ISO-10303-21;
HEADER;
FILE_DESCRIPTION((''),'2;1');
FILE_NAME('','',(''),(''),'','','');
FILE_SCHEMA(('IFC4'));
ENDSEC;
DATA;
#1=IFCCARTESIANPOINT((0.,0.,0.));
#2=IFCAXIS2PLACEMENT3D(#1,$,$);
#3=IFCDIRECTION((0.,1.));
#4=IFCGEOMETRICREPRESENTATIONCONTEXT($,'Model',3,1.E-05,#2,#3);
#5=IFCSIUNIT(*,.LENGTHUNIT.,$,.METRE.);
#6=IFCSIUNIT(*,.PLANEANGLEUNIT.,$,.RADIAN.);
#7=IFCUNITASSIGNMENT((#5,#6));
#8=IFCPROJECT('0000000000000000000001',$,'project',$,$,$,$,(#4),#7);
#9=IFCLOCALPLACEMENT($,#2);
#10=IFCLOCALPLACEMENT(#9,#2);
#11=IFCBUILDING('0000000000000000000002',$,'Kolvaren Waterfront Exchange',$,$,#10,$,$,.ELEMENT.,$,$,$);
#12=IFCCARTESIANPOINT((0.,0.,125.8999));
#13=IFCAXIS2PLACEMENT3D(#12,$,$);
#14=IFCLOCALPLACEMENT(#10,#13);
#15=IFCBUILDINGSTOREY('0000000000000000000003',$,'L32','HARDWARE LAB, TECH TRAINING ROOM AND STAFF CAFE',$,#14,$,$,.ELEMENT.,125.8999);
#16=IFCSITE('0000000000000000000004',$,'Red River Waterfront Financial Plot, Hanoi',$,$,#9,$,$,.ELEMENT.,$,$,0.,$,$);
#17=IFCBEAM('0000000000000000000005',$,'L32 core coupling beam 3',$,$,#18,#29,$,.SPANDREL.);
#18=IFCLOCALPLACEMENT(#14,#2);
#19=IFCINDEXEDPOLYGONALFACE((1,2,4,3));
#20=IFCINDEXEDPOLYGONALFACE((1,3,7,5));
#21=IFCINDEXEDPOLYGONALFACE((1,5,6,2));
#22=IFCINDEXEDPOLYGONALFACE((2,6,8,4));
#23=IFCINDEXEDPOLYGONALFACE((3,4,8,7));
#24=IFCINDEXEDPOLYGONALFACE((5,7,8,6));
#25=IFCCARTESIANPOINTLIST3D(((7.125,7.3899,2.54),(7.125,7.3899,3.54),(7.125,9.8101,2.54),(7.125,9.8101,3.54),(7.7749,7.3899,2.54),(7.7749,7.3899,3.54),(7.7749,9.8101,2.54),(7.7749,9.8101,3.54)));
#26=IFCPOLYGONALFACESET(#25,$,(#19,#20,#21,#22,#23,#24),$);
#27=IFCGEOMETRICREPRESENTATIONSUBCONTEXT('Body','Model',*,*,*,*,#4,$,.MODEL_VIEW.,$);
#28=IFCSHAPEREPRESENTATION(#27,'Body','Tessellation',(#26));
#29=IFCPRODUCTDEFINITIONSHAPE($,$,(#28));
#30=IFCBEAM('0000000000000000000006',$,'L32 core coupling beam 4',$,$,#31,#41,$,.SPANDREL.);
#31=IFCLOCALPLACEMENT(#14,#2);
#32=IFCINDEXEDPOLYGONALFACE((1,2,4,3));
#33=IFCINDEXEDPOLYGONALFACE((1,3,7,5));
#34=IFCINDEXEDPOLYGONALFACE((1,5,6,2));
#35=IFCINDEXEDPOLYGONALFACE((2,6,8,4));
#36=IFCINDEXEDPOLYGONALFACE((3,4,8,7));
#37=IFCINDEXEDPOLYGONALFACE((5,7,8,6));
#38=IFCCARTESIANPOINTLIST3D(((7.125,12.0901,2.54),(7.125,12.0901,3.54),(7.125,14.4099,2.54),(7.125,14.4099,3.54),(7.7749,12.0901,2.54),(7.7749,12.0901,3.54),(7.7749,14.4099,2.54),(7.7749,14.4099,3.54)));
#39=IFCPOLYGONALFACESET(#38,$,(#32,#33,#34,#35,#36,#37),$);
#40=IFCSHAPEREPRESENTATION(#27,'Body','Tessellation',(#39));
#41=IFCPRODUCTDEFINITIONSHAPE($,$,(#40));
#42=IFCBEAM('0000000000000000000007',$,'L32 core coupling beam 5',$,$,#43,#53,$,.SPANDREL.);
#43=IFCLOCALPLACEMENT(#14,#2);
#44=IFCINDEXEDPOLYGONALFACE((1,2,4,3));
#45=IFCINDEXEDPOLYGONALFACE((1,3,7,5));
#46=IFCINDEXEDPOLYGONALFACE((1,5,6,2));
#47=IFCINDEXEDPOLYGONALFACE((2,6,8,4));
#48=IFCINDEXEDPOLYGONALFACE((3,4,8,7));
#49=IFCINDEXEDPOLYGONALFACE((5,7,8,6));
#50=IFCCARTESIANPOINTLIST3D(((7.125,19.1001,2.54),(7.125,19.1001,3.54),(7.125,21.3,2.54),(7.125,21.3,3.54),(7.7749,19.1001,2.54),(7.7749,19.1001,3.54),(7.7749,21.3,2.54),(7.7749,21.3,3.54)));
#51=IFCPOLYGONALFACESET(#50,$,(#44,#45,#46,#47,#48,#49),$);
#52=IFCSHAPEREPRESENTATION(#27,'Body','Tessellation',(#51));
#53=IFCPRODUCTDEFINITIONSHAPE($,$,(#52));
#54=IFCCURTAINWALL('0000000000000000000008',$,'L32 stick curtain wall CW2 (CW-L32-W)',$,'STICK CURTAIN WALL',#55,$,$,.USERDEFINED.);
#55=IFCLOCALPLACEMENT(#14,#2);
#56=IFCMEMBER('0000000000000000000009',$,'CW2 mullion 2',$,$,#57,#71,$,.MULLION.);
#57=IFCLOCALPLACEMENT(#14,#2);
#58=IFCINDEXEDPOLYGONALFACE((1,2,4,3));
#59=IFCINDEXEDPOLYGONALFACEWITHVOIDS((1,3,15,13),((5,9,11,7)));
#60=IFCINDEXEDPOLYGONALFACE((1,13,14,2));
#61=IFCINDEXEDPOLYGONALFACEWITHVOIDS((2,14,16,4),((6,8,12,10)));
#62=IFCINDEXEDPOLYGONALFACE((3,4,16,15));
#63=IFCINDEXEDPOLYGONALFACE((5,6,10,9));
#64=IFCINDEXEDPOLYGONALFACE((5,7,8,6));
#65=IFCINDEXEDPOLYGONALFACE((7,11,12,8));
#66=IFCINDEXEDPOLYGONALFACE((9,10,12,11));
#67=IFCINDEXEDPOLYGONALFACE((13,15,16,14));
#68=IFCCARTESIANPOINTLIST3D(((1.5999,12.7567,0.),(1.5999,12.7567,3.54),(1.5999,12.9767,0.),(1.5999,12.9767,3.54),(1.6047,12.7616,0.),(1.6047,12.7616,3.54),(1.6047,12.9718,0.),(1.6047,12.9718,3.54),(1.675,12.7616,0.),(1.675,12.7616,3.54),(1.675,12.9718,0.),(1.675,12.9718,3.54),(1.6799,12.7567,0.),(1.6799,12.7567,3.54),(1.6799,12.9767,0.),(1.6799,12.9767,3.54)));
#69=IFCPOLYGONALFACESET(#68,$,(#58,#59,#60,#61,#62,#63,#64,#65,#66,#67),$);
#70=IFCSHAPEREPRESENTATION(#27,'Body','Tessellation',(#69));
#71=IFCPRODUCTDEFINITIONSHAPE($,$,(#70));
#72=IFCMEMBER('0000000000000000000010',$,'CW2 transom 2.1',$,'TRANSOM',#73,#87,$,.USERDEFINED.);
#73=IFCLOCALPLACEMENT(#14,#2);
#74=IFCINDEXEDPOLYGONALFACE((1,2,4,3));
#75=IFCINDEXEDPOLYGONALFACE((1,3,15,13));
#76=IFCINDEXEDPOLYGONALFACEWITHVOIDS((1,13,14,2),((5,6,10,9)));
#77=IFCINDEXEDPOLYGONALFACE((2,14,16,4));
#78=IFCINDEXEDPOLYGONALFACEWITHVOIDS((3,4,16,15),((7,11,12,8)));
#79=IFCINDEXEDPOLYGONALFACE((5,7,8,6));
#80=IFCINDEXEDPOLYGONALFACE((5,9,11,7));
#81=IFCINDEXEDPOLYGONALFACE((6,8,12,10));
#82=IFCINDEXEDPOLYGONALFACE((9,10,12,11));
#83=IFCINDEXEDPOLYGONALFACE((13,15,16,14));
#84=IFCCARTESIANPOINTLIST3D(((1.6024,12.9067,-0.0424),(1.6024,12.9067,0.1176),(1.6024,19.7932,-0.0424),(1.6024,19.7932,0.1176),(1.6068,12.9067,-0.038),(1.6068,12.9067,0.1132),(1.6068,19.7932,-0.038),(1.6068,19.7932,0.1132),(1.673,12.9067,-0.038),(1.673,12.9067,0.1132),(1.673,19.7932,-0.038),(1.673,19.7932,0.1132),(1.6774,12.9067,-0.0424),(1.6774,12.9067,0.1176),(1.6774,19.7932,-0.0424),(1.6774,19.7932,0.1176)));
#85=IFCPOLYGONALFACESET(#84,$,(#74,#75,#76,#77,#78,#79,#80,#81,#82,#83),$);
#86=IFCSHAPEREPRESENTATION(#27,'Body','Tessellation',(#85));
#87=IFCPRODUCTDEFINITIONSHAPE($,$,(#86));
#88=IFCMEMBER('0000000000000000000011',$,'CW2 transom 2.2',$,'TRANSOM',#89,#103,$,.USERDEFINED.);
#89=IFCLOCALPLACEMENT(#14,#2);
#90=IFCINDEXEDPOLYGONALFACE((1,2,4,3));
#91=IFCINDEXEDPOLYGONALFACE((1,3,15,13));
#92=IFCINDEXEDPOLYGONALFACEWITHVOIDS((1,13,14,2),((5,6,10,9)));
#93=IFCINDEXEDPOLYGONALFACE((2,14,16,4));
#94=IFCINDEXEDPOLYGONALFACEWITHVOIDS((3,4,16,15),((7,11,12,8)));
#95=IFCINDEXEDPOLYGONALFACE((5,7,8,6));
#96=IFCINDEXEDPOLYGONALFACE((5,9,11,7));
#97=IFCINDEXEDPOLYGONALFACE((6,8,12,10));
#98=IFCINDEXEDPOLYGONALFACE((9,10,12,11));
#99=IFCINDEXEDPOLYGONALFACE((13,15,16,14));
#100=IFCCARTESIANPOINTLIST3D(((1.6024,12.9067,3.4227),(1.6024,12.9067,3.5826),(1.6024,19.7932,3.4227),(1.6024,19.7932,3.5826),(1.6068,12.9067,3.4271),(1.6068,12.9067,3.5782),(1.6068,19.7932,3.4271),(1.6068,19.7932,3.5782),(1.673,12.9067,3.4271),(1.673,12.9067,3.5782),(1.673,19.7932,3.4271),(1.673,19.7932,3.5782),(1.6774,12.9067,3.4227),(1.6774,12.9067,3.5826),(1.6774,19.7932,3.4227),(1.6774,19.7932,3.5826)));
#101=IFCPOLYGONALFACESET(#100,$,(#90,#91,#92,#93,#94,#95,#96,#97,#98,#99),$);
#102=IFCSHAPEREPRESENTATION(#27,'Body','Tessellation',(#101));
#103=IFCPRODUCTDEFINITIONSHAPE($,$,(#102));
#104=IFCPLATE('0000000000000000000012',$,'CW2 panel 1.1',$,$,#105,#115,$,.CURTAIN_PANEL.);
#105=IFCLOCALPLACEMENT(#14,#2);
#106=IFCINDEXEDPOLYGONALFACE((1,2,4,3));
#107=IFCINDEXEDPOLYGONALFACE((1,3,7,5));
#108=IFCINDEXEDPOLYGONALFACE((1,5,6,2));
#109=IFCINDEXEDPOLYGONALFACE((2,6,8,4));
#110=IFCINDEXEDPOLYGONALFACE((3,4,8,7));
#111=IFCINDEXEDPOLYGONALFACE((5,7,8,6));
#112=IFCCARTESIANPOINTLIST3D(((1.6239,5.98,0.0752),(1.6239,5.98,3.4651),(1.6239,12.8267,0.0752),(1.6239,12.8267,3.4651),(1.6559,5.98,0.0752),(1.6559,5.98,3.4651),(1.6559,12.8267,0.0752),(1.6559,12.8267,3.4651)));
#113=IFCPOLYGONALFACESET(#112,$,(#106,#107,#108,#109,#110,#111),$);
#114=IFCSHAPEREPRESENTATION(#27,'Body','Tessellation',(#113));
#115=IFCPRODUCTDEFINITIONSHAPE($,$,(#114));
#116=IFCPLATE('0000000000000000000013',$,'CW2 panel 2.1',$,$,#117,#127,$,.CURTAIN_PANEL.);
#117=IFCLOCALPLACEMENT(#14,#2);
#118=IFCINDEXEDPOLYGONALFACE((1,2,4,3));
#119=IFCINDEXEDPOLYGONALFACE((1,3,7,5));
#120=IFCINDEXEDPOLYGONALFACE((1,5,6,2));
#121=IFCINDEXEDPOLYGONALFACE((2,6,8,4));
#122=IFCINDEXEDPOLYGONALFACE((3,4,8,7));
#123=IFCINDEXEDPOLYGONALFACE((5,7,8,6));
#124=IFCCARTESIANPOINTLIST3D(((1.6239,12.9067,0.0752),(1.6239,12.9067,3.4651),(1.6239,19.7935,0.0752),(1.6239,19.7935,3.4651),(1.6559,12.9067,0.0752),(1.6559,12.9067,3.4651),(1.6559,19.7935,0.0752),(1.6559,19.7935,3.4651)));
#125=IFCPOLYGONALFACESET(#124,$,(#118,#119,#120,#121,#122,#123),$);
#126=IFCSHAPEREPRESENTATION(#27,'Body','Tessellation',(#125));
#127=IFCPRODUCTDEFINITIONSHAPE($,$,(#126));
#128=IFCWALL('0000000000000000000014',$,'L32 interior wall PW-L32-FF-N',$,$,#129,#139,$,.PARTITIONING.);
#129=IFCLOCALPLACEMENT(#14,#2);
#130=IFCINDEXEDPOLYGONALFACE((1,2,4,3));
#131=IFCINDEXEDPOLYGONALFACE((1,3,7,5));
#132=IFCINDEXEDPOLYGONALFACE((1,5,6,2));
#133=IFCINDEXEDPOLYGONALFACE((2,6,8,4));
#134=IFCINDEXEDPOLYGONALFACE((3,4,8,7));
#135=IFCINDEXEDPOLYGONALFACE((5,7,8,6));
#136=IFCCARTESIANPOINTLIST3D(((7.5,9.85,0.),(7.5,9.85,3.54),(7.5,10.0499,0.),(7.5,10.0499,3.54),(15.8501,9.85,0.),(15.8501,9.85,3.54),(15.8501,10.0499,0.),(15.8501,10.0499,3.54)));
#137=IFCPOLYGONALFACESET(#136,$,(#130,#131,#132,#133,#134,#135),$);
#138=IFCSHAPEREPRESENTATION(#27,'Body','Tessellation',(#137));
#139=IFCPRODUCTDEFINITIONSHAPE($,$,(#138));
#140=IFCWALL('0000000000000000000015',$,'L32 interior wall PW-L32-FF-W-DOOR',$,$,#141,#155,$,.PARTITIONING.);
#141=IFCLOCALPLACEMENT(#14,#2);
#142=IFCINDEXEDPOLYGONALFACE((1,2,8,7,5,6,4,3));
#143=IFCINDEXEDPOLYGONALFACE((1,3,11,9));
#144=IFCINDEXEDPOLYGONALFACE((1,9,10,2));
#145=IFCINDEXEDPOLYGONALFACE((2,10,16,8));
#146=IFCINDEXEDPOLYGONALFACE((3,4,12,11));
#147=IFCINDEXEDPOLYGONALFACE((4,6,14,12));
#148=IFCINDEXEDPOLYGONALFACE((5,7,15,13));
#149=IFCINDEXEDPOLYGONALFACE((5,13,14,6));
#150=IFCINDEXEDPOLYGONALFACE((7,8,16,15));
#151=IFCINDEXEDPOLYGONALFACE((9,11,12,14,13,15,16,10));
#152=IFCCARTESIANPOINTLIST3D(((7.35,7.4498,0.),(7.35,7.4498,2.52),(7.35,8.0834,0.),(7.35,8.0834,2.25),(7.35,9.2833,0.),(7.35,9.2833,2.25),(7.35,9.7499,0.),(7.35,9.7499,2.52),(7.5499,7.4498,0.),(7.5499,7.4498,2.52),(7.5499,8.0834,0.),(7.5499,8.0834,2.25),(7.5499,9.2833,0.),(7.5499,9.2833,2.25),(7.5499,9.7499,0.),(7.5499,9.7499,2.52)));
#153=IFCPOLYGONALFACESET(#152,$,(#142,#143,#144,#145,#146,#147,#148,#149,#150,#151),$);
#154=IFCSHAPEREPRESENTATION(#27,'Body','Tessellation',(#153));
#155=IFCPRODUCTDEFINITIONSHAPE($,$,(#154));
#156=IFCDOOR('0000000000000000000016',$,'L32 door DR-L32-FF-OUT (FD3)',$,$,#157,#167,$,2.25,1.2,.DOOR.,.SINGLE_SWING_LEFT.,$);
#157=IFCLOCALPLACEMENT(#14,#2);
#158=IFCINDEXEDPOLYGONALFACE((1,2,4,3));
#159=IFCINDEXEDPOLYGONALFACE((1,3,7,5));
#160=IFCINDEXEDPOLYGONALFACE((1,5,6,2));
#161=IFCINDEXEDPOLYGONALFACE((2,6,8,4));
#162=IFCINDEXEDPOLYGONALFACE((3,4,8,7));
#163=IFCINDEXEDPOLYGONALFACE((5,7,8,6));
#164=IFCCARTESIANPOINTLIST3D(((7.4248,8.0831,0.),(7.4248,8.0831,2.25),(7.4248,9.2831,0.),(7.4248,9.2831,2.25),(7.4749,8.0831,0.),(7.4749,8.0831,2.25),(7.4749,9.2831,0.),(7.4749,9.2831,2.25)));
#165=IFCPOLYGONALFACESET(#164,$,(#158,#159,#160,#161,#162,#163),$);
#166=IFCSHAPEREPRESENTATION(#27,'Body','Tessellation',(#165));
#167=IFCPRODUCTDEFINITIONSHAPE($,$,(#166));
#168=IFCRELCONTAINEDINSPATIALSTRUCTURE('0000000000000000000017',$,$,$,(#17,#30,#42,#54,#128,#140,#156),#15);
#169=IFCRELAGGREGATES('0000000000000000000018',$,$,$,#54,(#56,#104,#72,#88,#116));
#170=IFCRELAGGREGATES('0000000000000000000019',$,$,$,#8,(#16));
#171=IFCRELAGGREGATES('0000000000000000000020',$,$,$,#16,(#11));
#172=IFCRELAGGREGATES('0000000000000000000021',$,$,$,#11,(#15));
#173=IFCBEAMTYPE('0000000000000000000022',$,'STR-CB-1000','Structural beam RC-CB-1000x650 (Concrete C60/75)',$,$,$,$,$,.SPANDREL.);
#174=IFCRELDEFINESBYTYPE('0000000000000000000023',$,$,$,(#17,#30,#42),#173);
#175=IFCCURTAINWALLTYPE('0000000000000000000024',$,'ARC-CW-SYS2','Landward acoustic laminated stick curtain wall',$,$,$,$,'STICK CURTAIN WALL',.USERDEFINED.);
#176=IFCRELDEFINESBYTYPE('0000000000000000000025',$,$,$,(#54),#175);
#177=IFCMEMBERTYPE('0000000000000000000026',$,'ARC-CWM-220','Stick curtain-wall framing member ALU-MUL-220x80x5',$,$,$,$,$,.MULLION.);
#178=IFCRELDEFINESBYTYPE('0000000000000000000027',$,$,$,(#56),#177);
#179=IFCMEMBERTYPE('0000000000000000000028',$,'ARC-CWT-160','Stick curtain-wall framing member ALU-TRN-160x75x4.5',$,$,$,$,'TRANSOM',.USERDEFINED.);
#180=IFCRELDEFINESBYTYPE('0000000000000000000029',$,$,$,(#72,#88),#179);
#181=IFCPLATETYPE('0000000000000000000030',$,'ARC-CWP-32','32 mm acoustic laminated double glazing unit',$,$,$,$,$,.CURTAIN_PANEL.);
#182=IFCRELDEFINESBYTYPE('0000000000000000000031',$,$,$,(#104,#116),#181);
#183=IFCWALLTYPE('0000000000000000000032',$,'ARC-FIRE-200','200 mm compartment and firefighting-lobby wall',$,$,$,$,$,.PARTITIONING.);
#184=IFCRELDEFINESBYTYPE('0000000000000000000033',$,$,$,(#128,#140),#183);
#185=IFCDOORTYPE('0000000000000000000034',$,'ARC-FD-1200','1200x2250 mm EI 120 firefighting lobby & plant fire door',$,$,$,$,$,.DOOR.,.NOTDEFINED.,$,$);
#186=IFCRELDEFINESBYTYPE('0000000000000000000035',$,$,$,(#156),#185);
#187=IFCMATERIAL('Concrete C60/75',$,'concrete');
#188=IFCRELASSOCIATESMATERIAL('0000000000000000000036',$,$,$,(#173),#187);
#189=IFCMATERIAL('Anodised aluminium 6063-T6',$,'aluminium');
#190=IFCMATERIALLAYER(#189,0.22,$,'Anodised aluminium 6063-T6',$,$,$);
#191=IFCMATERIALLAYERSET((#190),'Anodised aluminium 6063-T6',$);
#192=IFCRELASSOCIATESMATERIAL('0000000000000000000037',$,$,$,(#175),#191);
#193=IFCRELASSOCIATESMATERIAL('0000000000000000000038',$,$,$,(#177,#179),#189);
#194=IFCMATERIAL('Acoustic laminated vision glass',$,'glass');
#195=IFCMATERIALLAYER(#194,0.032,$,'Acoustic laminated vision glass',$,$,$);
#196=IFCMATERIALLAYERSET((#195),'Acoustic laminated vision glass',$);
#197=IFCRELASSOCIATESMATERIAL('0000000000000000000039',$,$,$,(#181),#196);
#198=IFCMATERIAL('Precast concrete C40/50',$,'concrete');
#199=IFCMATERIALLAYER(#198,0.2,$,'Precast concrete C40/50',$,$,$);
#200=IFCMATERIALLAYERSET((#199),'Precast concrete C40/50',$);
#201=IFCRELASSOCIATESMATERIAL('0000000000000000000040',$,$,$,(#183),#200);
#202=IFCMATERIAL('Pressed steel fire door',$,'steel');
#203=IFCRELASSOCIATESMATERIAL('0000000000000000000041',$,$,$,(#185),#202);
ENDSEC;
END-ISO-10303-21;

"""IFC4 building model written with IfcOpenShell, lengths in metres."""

from ifc_helpers import new_model, si_unit, direction, frame, frame_2d, origin, origin_with_axes, origin_2d, place, context, subcontext, project, spatial, rectangle, hollow_rectangle, extrude, source, transform, mapped, material, layer, layer_set, material_profile, profile_set, type_object, element, fill, aggregate, save


model = new_model("IFC4")

# Units and contexts
model_context = context("Model", 3, precision=1e-05, world=origin(), true_north=direction((0.0, 1.0)))
body_context = subcontext(model_context, "Body", "Model", "MODEL_VIEW")
ifc_project = project(units=[si_unit("LENGTHUNIT", "METRE"), si_unit("PLANEANGLEUNIT", "RADIAN")], contexts=[model_context])

# Site, building, storey
site_placement = place(None, origin())
site = spatial("IfcSite", under=ifc_project, at=site_placement, Name="Red River Waterfront Financial Plot, Hanoi", CompositionType="ELEMENT", RefElevation=0.0)
building_placement = place(site_placement, origin())
building = spatial("IfcBuilding", under=site, at=building_placement, Name="Kolvaren Waterfront Exchange", CompositionType="ELEMENT")
storey_placement = place(building_placement, frame((0.0, 0.0, 125.8999)))
storey = spatial("IfcBuildingStorey", under=building, at=storey_placement, Name="L32", Description="HARDWARE LAB, TECH TRAINING ROOM AND STAFF CAFE", CompositionType="ELEMENT", Elevation=125.8999)

# Beams
ifc_material_1 = material(Name="Concrete C60/75", Category="concrete")
ifc_material_profile_1 = material_profile(ifc_material_1, rectangle(XDim=0.6499, YDim=1.0, at=origin_2d()), Name="RC-CB-1000x650")
ifc_profile_set_1 = profile_set([ifc_material_profile_1], Name="Concrete C60/75")
beam_type = type_object("IfcBeamType", Name="STR-CB-1000", Description="Structural beam RC-CB-1000x650 (Concrete C60/75)", PredefinedType="SPANDREL", material=ifc_profile_set_1)
beam_1_placement = place(storey_placement, frame((7.45, 7.3899, 3.04), z_axis=(0.0, 1.0, 0.0), x_axis=(-1.0, 0.0, 0.0)))
element("IfcBeam", 1, at=beam_1_placement, inside=storey, type_object=beam_type, Name="L32 core coupling beam 3", PredefinedType="SPANDREL", context=body_context, shape_type="SweptSolid", body=[
    extrude(rectangle(XDim=0.6499, YDim=1.0, at=origin_2d()), origin(), (0.0, 0.0, 1.0), 2.4202),
])
beam_2_placement = place(storey_placement, frame((7.45, 12.0901, 3.04), z_axis=(0.0, 1.0, 0.0), x_axis=(-1.0, 0.0, 0.0)))
element("IfcBeam", 2, at=beam_2_placement, inside=storey, type_object=beam_type, Name="L32 core coupling beam 4", PredefinedType="SPANDREL", context=body_context, shape_type="SweptSolid", body=[
    extrude(rectangle(XDim=0.6499, YDim=1.0, at=origin_2d()), origin(), (0.0, 0.0, 1.0), 2.3198),
])
beam_3_placement = place(storey_placement, frame((7.45, 19.1001, 3.04), z_axis=(0.0, 1.0, 0.0), x_axis=(-1.0, 0.0, 0.0)))
element("IfcBeam", 3, at=beam_3_placement, inside=storey, type_object=beam_type, Name="L32 core coupling beam 5", PredefinedType="SPANDREL", context=body_context, shape_type="SweptSolid", body=[
    extrude(rectangle(XDim=0.6499, YDim=1.0, at=origin_2d()), origin(), (0.0, 0.0, 1.0), 2.2),
])

# Curtain wall, members, plates
ifc_material_2 = material(Name="Anodised aluminium 6063-T6", Category="aluminium")
ifc_layer_1 = layer(ifc_material_2, 0.22, Name="Anodised aluminium 6063-T6")
ifc_layer_set_1 = layer_set([ifc_layer_1], Name="Anodised aluminium 6063-T6")
curtain_wall_type = type_object("IfcCurtainWallType", Name="ARC-CW-SYS2", Description="Landward acoustic laminated stick curtain wall", ElementType="STICK CURTAIN WALL", PredefinedType="USERDEFINED", material=ifc_layer_set_1)
curtain_wall_placement = place(storey_placement, origin())
curtain_wall = element("IfcCurtainWall", 4, at=curtain_wall_placement, inside=storey, type_object=curtain_wall_type, Name="L32 stick curtain wall CW2 (CW-L32-W)", ObjectType="STICK CURTAIN WALL", PredefinedType="USERDEFINED")
ifc_material_profile_2 = material_profile(ifc_material_2, hollow_rectangle(XDim=0.0801, YDim=0.22, WallThickness=0.0049, at=origin_2d()), Name="ALU-MUL-220x80x5")
ifc_profile_set_2 = profile_set([ifc_material_profile_2], Name="Anodised aluminium 6063-T6")
member_type_1 = type_object("IfcMemberType", Name="ARC-CWM-220", Description="Stick curtain-wall framing member ALU-MUL-220x80x5", PredefinedType="MULLION", material=ifc_profile_set_2)
shared_shape_1 = source(origin_with_axes(), body_context, "Body", "SweptSolid", [
    extrude(hollow_rectangle(XDim=0.0801, YDim=0.22, WallThickness=0.0049, at=origin_2d()), origin(), (0.0, 0.0, 1.0), 3.54),
])
member_1_placement = place(storey_placement, frame((1.6399, 12.8667, 0.0), z_axis=(0.0, 0.0, 1.0), x_axis=(-1.0, 0.0, 0.0)))
member_1 = element("IfcMember", 5, at=member_1_placement, type_object=member_type_1, Name="CW2 mullion 2", PredefinedType="MULLION", context=body_context, shape_type="MappedRepresentation", body=[
    mapped(shared_shape_1, transform((0.0, 0.0, 0.0), x_axis=(1.0, 0.0, 0.0), y_axis=(0.0, 1.0, 0.0), z_axis=(0.0, 0.0, 1.0), scale=1.0)),
])
ifc_material_profile_3 = material_profile(ifc_material_2, hollow_rectangle(XDim=0.075, YDim=0.1599, WallThickness=0.0044, at=origin_2d()), Name="ALU-TRN-160x75x4.5")
ifc_profile_set_3 = profile_set([ifc_material_profile_3], Name="Anodised aluminium 6063-T6")
member_type_2 = type_object("IfcMemberType", Name="ARC-CWT-160", Description="Stick curtain-wall framing member ALU-TRN-160x75x4.5", ElementType="TRANSOM", PredefinedType="USERDEFINED", material=ifc_profile_set_3)
shared_shape_2 = source(origin_with_axes(), body_context, "Body", "SweptSolid", [
    extrude(hollow_rectangle(XDim=0.075, YDim=0.1599, WallThickness=0.0044, at=origin_2d()), origin(), (0.0, 0.0, 1.0), 6.8865),
])
member_2_placement = place(storey_placement, frame((1.6399, 12.9067, 0.0376), z_axis=(0.0, 1.0, 0.0), x_axis=(-1.0, 0.0, 0.0)))
member_2 = element("IfcMember", 6, at=member_2_placement, type_object=member_type_2, Name="CW2 transom 2.1", ObjectType="TRANSOM", PredefinedType="USERDEFINED", context=body_context, shape_type="MappedRepresentation", body=[
    mapped(shared_shape_2, transform((0.0, 0.0, 0.0), x_axis=(1.0, 0.0, 0.0), y_axis=(0.0, 1.0, 0.0), z_axis=(0.0, 0.0, 1.0), scale=1.0)),
])
member_3_placement = place(storey_placement, frame((1.6399, 12.9067, 3.5027), z_axis=(0.0, 1.0, 0.0), x_axis=(-1.0, 0.0, 0.0)))
member_3 = element("IfcMember", 7, at=member_3_placement, type_object=member_type_2, Name="CW2 transom 2.2", ObjectType="TRANSOM", PredefinedType="USERDEFINED", context=body_context, shape_type="MappedRepresentation", body=[
    mapped(shared_shape_2, transform((0.0, 0.0, 0.0), x_axis=(1.0, 0.0, 0.0), y_axis=(0.0, 1.0, 0.0), z_axis=(0.0, 0.0, 1.0), scale=1.0)),
])
ifc_material_3 = material(Name="Acoustic laminated vision glass", Category="glass")
ifc_layer_2 = layer(ifc_material_3, 0.032, Name="Acoustic laminated vision glass")
ifc_layer_set_2 = layer_set([ifc_layer_2], Name="Acoustic laminated vision glass")
plate_type = type_object("IfcPlateType", Name="ARC-CWP-32", Description="32 mm acoustic laminated double glazing unit", PredefinedType="CURTAIN_PANEL", material=ifc_layer_set_2)
shared_shape_3 = source(origin_with_axes(), body_context, "Body", "SweptSolid", [
    extrude(rectangle(XDim=6.8467, YDim=0.032, at=origin_2d()), origin(), (0.0, 0.0, 1.0), 3.3899),
])
plate_1_placement = place(storey_placement, frame((1.6399, 9.4033, 0.0752), z_axis=(0.0, 0.0, 1.0), x_axis=(0.0, 1.0, 0.0)))
plate_1 = element("IfcPlate", 8, at=plate_1_placement, type_object=plate_type, Name="CW2 panel 1.1", PredefinedType="CURTAIN_PANEL", context=body_context, shape_type="MappedRepresentation", body=[
    mapped(shared_shape_3, transform((0.0, 0.0, 0.0), x_axis=(1.0, 0.0, 0.0), y_axis=(0.0, 1.0, 0.0), z_axis=(0.0, 0.0, 1.0), scale=1.0)),
])
shared_shape_4 = source(origin_with_axes(), body_context, "Body", "SweptSolid", [
    extrude(rectangle(XDim=6.8867, YDim=0.032, at=origin_2d()), origin(), (0.0, 0.0, 1.0), 3.3899),
])
plate_2_placement = place(storey_placement, frame((1.6399, 16.3501, 0.0752), z_axis=(0.0, 0.0, 1.0), x_axis=(0.0, 1.0, 0.0)))
plate_2 = element("IfcPlate", 9, at=plate_2_placement, type_object=plate_type, Name="CW2 panel 2.1", PredefinedType="CURTAIN_PANEL", context=body_context, shape_type="MappedRepresentation", body=[
    mapped(shared_shape_4, transform((0.0, 0.0, 0.0), x_axis=(1.0, 0.0, 0.0), y_axis=(0.0, 1.0, 0.0), z_axis=(0.0, 0.0, 1.0), scale=1.0)),
])
aggregate(curtain_wall, [member_1, plate_1, member_2, member_3, plate_2])

# Wall
ifc_material_4 = material(Name="Precast concrete C40/50", Category="concrete")
ifc_layer_3 = layer(ifc_material_4, 0.2, Name="Precast concrete C40/50")
ifc_layer_set_3 = layer_set([ifc_layer_3], Name="Precast concrete C40/50")
wall_type_1 = type_object("IfcWallType", Name="ARC-FIRE-200", Description="200 mm compartment and firefighting-lobby wall", PredefinedType="PARTITIONING", material=ifc_layer_set_3)
wall_1_placement = place(storey_placement, frame((7.5, 9.95, 0.0), z_axis=(0.0, 0.0, 1.0), x_axis=(1.0, 0.0, 0.0)))
element("IfcWall", 10, at=wall_1_placement, inside=storey, type_object=wall_type_1, Name="L32 interior wall PW-L32-FF-N", PredefinedType="PARTITIONING", context=body_context, shape_type="SweptSolid", body=[
    extrude(rectangle(XDim=8.3501, YDim=0.2, at=frame_2d((4.175, 0.0))), origin(), (0.0, 0.0, 1.0), 3.54),
])

# Wall, opening, door
wall_2_placement = place(storey_placement, frame((7.45, 7.45, 0.0), z_axis=(0.0, 0.0, 1.0), x_axis=(0.0, 1.0, 0.0)))
wall_2 = element("IfcWall", 11, at=wall_2_placement, inside=storey, type_object=wall_type_1, Name="L32 interior wall PW-L32-FF-W-DOOR", PredefinedType="PARTITIONING", context=body_context, shape_type="SweptSolid", body=[
    extrude(rectangle(XDim=2.3, YDim=0.2, at=frame_2d((1.1499, 0.0))), origin(), (0.0, 0.0, 1.0), 2.52),
])
opening_1_placement = place(wall_2_placement, frame((0.6333, 0.0, 0.0)))
opening_1 = element("IfcOpeningElement", 12, at=opening_1_placement, cuts=wall_2, PredefinedType="OPENING", context=body_context, shape_type="SweptSolid", body=[
    extrude(rectangle(XDim=1.2, YDim=2.25, at=frame_2d((0.6001, 1.125))), frame((0.0, 0.1099, 0.0), z_axis=(0.0, -1.0, 0.0), x_axis=(1.0, 0.0, 0.0)), (0.0, 0.0, 1.0), 0.22),
])
ifc_material_5 = material(Name="Pressed steel fire door", Category="steel")
door_type_1 = type_object("IfcDoorType", Name="ARC-FD-1200", Description="1200x2250 mm EI 120 firefighting lobby & plant fire door", OperationType="NOTDEFINED", PredefinedType="DOOR", material=ifc_material_5)
door_1_placement = place(opening_1_placement, frame((1.2, 0.0, 0.0), z_axis=(0.0, 0.0, 1.0), x_axis=(-1.0, 0.0, 0.0)))
door_1 = element("IfcDoor", 13, at=door_1_placement, inside=storey, type_object=door_type_1, Name="L32 door DR-L32-FF-OUT (FD3)", OperationType="SINGLE_SWING_LEFT", OverallHeight=2.25, OverallWidth=1.2, PredefinedType="DOOR", context=body_context, shape_type="SweptSolid", body=[
    extrude(rectangle(XDim=1.2, YDim=2.25, at=frame_2d((0.6001, 1.125))), frame((0.0, 0.0249, 0.0), z_axis=(0.0, -1.0, 0.0), x_axis=(1.0, 0.0, 0.0)), (0.0, 0.0, 1.0), 0.05),
])
fill(opening_1, door_1)

save(model, "model.ifc")
